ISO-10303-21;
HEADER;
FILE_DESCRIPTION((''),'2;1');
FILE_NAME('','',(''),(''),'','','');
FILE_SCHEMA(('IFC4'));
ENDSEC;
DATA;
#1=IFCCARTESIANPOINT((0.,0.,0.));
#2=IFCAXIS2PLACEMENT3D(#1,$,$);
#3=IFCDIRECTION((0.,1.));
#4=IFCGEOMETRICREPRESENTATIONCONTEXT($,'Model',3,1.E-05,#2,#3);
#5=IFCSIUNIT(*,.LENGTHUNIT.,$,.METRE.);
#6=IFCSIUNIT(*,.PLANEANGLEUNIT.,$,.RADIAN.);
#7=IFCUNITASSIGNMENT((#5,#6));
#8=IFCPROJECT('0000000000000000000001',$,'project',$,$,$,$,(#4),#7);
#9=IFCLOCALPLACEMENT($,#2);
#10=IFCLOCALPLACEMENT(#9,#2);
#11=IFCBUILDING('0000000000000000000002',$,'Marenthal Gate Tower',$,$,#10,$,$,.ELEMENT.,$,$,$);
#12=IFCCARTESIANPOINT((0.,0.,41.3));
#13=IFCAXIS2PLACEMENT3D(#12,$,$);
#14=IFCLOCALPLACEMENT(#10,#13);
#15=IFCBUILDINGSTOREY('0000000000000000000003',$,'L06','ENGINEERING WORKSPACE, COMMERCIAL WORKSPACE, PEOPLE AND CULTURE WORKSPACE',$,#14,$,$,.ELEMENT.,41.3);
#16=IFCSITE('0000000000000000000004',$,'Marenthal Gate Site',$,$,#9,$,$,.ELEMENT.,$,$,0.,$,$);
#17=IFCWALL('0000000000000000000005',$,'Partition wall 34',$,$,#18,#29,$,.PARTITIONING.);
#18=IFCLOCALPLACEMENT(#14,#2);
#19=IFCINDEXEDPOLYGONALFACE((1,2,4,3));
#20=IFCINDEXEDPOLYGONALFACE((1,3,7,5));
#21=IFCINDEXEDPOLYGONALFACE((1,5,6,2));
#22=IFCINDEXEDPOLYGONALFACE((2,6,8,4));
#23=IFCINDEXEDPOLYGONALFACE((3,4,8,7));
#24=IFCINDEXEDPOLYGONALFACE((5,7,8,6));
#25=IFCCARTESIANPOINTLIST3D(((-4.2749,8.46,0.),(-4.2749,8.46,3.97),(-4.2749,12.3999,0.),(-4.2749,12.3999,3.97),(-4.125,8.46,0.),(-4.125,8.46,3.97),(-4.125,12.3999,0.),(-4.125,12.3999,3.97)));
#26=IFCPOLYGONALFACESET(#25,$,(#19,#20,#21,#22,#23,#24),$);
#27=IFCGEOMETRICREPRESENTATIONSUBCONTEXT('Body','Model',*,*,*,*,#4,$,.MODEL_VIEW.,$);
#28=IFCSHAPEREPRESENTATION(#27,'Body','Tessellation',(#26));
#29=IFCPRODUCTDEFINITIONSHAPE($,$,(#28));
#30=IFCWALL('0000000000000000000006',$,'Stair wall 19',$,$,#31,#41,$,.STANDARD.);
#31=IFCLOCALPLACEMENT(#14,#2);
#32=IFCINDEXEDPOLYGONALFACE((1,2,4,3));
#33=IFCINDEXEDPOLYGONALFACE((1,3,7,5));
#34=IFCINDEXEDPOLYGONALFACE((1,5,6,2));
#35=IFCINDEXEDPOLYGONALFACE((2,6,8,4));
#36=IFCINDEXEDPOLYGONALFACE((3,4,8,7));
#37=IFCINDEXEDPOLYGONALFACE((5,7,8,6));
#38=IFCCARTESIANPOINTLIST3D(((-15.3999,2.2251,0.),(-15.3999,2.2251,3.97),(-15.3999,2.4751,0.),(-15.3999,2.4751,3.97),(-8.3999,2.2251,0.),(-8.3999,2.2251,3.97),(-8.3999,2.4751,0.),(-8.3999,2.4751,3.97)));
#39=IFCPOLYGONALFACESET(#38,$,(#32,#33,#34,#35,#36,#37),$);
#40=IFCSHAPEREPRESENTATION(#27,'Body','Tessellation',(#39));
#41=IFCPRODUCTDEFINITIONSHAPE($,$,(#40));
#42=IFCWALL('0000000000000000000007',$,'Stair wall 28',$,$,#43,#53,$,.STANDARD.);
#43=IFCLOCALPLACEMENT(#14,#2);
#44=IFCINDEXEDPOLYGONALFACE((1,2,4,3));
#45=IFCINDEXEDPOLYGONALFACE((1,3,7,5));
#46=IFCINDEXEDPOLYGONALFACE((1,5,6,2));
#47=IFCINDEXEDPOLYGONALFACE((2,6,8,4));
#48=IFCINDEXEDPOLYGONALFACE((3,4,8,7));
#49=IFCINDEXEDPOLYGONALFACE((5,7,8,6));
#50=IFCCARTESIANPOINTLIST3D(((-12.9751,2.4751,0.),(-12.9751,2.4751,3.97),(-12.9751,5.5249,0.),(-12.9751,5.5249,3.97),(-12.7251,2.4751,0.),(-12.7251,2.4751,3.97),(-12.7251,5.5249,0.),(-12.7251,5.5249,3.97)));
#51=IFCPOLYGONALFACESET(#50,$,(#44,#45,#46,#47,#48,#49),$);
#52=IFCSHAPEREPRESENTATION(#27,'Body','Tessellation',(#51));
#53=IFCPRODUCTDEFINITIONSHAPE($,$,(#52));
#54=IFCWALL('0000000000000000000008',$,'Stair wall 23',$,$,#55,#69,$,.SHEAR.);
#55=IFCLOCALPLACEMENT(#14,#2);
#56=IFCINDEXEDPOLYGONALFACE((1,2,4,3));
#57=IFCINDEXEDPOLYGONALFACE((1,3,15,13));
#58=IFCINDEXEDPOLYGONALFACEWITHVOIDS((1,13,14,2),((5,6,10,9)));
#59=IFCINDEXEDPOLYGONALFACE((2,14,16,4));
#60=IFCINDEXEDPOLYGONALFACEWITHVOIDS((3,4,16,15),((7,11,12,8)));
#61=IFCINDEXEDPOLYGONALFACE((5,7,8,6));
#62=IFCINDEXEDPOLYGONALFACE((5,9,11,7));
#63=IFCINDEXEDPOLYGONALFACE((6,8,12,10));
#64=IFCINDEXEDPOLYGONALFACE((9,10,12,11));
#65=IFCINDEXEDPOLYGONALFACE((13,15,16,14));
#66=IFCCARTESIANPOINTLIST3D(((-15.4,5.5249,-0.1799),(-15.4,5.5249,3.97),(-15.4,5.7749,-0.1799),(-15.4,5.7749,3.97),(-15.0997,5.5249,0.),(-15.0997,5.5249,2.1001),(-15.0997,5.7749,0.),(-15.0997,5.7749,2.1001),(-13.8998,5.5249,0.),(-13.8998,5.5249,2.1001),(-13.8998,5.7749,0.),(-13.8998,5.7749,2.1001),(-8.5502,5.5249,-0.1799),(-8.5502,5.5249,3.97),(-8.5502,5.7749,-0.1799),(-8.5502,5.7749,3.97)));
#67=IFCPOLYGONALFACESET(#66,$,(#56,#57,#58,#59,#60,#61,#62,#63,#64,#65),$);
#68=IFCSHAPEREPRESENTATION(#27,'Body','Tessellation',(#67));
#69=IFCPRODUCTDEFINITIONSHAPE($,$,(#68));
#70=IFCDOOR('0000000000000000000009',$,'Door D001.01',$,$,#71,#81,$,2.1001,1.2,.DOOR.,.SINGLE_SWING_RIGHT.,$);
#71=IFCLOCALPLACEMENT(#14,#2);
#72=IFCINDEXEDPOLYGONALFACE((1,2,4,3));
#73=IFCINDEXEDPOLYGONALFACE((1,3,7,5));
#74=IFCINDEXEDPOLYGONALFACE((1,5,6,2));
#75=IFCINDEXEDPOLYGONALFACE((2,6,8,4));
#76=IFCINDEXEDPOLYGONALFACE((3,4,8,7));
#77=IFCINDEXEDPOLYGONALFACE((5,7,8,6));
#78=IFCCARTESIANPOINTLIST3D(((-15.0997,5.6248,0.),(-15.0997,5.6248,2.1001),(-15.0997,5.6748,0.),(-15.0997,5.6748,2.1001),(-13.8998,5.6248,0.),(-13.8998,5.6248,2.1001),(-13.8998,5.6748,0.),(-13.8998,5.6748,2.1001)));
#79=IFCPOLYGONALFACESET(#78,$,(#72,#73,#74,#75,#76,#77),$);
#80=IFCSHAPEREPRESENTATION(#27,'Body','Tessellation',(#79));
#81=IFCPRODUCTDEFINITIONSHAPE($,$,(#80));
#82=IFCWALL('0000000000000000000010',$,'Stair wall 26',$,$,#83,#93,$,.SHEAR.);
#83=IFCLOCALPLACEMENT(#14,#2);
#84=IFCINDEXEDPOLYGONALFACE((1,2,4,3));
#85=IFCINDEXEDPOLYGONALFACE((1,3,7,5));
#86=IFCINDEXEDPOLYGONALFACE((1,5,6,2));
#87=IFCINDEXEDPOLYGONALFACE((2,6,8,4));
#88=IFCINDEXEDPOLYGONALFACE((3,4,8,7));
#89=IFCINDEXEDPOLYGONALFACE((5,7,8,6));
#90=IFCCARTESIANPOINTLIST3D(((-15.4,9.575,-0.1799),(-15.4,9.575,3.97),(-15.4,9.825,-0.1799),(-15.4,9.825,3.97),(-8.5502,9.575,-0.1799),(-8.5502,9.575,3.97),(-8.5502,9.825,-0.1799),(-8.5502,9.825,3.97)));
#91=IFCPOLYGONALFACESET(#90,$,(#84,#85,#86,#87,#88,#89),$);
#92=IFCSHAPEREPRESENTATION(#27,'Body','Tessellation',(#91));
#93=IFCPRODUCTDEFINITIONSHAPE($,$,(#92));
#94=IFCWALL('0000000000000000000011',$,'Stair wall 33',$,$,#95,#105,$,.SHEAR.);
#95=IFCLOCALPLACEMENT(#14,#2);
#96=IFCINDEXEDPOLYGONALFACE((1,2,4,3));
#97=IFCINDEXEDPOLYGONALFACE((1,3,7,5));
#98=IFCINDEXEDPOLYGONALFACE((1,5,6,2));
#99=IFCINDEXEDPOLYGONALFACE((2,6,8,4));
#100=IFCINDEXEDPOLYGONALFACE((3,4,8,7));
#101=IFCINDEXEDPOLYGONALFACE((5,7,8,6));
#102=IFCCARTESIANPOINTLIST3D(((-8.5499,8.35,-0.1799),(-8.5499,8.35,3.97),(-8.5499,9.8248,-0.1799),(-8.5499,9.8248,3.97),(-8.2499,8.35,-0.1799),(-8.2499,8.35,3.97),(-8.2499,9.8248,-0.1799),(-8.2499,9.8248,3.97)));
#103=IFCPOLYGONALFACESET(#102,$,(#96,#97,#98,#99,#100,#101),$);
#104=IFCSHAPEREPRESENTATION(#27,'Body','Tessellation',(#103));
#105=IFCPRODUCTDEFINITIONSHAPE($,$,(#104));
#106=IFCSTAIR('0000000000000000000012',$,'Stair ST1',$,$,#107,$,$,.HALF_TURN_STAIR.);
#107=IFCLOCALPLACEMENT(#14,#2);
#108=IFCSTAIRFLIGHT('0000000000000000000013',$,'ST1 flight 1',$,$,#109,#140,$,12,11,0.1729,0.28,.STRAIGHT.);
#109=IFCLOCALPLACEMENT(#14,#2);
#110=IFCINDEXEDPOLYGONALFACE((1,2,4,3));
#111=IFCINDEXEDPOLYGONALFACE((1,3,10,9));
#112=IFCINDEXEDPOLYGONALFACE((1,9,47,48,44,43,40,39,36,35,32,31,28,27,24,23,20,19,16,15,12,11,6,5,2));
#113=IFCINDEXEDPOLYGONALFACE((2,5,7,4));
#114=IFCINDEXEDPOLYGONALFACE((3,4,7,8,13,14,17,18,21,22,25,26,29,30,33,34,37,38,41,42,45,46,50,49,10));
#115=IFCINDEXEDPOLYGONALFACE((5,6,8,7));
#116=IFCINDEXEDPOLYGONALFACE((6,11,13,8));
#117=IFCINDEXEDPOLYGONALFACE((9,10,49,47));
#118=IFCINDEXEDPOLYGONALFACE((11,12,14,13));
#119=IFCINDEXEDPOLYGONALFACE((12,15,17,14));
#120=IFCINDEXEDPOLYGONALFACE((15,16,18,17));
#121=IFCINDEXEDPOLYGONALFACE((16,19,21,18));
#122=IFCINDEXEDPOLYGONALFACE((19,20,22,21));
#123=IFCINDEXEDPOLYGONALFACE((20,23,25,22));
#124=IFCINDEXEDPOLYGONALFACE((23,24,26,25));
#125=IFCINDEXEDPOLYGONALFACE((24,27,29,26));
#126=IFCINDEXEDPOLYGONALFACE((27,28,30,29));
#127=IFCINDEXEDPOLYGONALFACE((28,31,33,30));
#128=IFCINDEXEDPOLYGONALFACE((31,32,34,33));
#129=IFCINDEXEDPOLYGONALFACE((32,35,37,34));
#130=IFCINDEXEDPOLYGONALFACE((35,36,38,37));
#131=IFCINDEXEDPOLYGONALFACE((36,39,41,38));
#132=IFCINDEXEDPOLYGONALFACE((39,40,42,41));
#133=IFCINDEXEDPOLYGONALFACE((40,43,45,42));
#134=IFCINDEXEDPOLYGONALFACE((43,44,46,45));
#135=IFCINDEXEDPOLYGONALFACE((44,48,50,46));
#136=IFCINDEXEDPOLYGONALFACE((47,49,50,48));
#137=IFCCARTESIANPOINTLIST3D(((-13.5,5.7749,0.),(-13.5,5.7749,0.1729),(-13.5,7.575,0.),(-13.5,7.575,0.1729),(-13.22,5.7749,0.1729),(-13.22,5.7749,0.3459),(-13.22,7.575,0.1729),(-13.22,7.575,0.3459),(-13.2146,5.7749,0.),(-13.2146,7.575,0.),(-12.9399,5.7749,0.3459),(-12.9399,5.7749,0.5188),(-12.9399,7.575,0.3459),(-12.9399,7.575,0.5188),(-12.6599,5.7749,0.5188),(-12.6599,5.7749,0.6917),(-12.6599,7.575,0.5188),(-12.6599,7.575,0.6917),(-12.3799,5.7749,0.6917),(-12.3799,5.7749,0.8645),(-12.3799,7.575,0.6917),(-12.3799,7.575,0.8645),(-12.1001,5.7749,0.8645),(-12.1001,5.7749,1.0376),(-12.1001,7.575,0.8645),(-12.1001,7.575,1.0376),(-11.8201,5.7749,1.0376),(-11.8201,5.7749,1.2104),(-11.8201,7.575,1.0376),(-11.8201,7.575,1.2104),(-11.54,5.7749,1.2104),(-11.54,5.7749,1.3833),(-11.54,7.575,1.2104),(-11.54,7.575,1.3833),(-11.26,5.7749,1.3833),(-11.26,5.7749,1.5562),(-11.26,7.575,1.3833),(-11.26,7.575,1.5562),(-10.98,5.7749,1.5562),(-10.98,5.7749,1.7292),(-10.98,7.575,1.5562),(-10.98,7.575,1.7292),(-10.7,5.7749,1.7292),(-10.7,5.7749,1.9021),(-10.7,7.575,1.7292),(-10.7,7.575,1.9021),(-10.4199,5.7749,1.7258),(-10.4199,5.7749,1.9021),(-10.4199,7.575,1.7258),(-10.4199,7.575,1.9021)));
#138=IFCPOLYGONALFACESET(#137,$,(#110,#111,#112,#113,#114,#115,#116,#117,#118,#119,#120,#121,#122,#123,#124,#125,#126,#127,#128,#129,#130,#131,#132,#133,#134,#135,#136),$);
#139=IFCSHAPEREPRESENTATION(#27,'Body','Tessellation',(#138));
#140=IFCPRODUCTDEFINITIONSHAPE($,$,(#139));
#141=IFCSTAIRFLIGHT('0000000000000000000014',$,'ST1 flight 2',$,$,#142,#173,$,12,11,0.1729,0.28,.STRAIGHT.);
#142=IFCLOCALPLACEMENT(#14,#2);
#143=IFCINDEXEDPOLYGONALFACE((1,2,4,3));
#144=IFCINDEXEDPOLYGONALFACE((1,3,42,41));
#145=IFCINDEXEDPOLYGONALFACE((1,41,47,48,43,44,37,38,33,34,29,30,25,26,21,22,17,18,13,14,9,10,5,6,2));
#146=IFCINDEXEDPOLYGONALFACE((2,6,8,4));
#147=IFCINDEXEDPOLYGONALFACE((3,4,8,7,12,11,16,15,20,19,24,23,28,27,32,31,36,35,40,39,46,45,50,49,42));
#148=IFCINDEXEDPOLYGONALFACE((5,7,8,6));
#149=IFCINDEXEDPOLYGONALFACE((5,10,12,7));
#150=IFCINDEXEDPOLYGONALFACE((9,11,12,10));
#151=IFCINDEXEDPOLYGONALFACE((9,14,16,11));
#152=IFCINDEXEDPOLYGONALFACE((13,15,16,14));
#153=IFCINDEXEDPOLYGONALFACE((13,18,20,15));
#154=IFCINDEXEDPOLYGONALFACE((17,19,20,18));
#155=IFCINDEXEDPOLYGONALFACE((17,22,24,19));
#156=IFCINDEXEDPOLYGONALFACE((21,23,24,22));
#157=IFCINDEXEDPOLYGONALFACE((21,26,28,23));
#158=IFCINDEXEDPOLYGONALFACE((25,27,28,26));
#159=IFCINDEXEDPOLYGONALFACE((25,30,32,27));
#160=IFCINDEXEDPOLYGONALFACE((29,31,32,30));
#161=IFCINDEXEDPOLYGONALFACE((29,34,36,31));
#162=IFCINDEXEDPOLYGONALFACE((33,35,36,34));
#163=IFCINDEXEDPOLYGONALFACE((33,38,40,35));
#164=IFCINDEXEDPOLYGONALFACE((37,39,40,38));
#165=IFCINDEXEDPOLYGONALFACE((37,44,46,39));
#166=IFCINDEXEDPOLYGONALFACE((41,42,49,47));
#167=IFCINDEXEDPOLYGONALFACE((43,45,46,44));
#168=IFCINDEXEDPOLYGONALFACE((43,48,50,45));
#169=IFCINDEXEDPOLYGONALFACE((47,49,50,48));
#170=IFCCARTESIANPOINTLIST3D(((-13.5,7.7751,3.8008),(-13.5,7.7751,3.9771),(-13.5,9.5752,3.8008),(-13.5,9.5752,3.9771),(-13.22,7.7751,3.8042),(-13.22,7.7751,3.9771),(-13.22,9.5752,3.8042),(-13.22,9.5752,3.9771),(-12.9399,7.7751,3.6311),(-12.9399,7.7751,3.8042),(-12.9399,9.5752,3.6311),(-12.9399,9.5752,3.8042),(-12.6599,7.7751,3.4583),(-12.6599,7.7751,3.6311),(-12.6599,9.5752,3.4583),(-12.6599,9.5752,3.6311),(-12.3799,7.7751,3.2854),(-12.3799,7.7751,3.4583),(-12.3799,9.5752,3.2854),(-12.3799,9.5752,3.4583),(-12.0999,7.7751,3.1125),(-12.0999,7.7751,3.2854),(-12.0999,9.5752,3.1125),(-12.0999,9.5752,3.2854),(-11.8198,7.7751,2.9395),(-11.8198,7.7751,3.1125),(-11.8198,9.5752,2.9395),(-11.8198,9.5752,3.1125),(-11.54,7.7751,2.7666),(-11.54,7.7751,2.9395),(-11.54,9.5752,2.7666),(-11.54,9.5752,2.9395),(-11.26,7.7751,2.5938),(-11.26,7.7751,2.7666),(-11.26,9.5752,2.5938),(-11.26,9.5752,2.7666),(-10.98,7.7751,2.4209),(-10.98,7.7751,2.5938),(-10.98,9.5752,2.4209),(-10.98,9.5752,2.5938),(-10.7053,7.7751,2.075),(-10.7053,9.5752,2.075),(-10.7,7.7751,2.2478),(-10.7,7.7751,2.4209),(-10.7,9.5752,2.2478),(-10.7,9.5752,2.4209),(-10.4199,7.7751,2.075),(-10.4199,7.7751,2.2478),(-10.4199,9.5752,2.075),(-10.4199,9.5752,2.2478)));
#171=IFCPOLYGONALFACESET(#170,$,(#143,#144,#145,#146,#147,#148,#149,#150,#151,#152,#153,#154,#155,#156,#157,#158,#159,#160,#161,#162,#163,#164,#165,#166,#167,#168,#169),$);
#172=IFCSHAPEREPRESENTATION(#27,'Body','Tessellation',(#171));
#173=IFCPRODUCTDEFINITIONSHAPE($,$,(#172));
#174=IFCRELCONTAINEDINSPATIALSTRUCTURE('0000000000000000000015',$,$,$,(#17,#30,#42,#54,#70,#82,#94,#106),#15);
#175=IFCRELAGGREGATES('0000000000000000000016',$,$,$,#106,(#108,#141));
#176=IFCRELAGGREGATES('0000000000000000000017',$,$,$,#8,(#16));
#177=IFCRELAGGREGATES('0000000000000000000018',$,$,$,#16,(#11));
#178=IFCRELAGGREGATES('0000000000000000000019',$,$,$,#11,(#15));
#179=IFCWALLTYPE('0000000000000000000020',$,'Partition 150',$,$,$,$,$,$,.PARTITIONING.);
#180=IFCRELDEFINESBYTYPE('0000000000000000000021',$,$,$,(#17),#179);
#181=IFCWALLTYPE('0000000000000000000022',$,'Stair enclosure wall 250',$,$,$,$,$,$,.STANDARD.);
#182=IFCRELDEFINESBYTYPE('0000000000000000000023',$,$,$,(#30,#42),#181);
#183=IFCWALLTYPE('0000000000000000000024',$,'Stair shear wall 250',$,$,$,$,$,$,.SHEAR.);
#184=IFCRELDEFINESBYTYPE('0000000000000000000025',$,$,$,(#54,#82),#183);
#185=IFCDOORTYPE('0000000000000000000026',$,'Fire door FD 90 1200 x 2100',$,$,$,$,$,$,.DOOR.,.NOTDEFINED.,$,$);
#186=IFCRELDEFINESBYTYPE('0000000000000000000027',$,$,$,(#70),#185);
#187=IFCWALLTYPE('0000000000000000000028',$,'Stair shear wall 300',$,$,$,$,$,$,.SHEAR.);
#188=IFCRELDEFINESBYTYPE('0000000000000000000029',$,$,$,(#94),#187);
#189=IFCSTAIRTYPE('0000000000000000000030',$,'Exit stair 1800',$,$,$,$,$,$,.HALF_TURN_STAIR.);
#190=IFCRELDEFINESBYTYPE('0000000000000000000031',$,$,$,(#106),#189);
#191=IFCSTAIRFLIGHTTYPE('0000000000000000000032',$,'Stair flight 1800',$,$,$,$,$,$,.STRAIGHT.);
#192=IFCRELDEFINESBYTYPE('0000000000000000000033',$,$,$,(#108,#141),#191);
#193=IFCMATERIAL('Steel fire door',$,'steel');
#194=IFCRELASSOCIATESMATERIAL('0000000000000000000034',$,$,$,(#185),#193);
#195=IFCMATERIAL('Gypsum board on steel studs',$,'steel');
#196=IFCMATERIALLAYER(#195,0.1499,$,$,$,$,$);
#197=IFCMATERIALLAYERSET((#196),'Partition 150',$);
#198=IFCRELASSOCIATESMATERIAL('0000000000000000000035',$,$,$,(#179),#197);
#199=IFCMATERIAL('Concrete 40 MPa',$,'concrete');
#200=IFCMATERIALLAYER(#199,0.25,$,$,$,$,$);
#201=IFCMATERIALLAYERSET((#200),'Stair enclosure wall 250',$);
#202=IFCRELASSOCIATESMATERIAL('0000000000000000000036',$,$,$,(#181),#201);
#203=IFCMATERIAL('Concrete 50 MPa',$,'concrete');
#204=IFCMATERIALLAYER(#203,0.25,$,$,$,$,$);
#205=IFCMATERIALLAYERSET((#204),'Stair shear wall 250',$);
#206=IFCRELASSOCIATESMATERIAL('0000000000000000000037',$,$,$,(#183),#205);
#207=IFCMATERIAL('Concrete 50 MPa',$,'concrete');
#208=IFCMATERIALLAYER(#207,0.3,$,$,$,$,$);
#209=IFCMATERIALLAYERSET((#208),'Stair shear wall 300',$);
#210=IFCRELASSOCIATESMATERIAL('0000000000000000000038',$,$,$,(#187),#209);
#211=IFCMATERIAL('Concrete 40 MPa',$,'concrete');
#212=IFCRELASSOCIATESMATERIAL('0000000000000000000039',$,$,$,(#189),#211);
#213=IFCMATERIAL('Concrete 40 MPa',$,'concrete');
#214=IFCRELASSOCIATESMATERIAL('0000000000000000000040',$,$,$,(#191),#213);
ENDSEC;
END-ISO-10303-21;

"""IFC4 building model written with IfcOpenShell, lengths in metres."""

from ifc_helpers import new_model, si_unit, direction, frame, frame_2d, origin, place, context, subcontext, project, spatial, polyline, rectangle, outline, extrude, material, layer, layer_set, type_object, element, fill, aggregate, save


model = new_model("IFC4")

# Units and contexts
model_context = context("Model", 3, precision=1e-05, world=origin(), true_north=direction((0.0, 1.0)))
body_context = subcontext(model_context, "Body", "Model", "MODEL_VIEW")
ifc_project = project(units=[si_unit("LENGTHUNIT", "METRE"), si_unit("PLANEANGLEUNIT", "RADIAN")], contexts=[model_context])

# Site, building, storey
site_placement = place(None, origin())
site = spatial("IfcSite", under=ifc_project, at=site_placement, Name="Marenthal Gate Site", CompositionType="ELEMENT", RefElevation=0.0)
building_placement = place(site_placement, origin())
building = spatial("IfcBuilding", under=site, at=building_placement, Name="Marenthal Gate Tower", CompositionType="ELEMENT")
storey_placement = place(building_placement, frame((0.0, 0.0, 41.3)))
storey = spatial("IfcBuildingStorey", under=building, at=storey_placement, Name="L06", Description="ENGINEERING WORKSPACE, COMMERCIAL WORKSPACE, PEOPLE AND CULTURE WORKSPACE", CompositionType="ELEMENT", Elevation=41.3)

# Shared definitions
ifc_material_1 = material(Name="Steel fire door", Category="steel")
door_type_1 = type_object("IfcDoorType", Name="Fire door FD 90 1200 x 2100", OperationType="NOTDEFINED", PredefinedType="DOOR", material=ifc_material_1)

# Walls
ifc_material_2 = material(Name="Gypsum board on steel studs", Category="steel")
ifc_layer_1 = layer(ifc_material_2, 0.1499)
ifc_layer_set_1 = layer_set([ifc_layer_1], Name="Partition 150")
wall_type_1 = type_object("IfcWallType", Name="Partition 150", PredefinedType="PARTITIONING", material=ifc_layer_set_1)
wall_1_placement = place(storey_placement, frame((-4.2, 8.46, 0.0), z_axis=(0.0, 0.0, 1.0), x_axis=(0.0, 1.0, 0.0)))
element("IfcWall", 1, at=wall_1_placement, inside=storey, type_object=wall_type_1, Name="Partition wall 34", PredefinedType="PARTITIONING", context=body_context, shape_type="SweptSolid", body=[
    extrude(rectangle(XDim=3.9399, YDim=0.1499, at=frame_2d((1.97, 0.0))), origin(), (0.0, 0.0, 1.0), 3.97),
])
ifc_material_3 = material(Name="Concrete 40 MPa", Category="concrete")
ifc_layer_2 = layer(ifc_material_3, 0.25)
ifc_layer_set_2 = layer_set([ifc_layer_2], Name="Stair enclosure wall 250")
wall_type_2 = type_object("IfcWallType", Name="Stair enclosure wall 250", PredefinedType="STANDARD", material=ifc_layer_set_2)
wall_2_placement = place(storey_placement, frame((-15.3999, 2.3501, 0.0), z_axis=(0.0, 0.0, 1.0), x_axis=(1.0, 0.0, 0.0)))
element("IfcWall", 2, at=wall_2_placement, inside=storey, type_object=wall_type_2, Name="Stair wall 19", PredefinedType="STANDARD", context=body_context, shape_type="SweptSolid", body=[
    extrude(rectangle(XDim=7.0, YDim=0.25, at=frame_2d((3.5, 0.0))), origin(), (0.0, 0.0, 1.0), 3.97),
])
wall_3_placement = place(storey_placement, frame((-12.8501, 2.4751, 0.0), z_axis=(0.0, 0.0, 1.0), x_axis=(0.0, 1.0, 0.0)))
element("IfcWall", 3, at=wall_3_placement, inside=storey, type_object=wall_type_2, Name="Stair wall 28", PredefinedType="STANDARD", context=body_context, shape_type="SweptSolid", body=[
    extrude(rectangle(XDim=3.0498, YDim=0.25, at=frame_2d((1.5249, 0.0))), origin(), (0.0, 0.0, 1.0), 3.97),
])

# Wall, opening, door
ifc_material_4 = material(Name="Concrete 50 MPa", Category="concrete")
ifc_layer_3 = layer(ifc_material_4, 0.25)
ifc_layer_set_3 = layer_set([ifc_layer_3], Name="Stair shear wall 250")
wall_type_3 = type_object("IfcWallType", Name="Stair shear wall 250", PredefinedType="SHEAR", material=ifc_layer_set_3)
wall_4_placement = place(storey_placement, frame((-15.3999, 5.6499, -0.1799), z_axis=(0.0, 0.0, 1.0), x_axis=(1.0, 0.0, 0.0)))
wall_4 = element("IfcWall", 4, at=wall_4_placement, inside=storey, type_object=wall_type_3, Name="Stair wall 23", PredefinedType="SHEAR", context=body_context, shape_type="SweptSolid", body=[
    extrude(rectangle(XDim=6.8499, YDim=0.25, at=frame_2d((3.4248, 0.0))), origin(), (0.0, 0.0, 1.0), 4.1499),
])
opening_1_placement = place(wall_4_placement, frame((0.3, 0.0, 0.1799)))
opening_1 = element("IfcOpeningElement", 5, at=opening_1_placement, cuts=wall_4, PredefinedType="OPENING", context=body_context, shape_type="SweptSolid", body=[
    extrude(rectangle(XDim=1.2, YDim=2.1001, at=frame_2d((0.6001, 1.05))), frame((0.0, 0.135, 0.0), z_axis=(0.0, -1.0, 0.0), x_axis=(1.0, 0.0, 0.0)), (0.0, 0.0, 1.0), 0.27),
])
door_1_placement = place(opening_1_placement, origin())
door_1 = element("IfcDoor", 6, at=door_1_placement, inside=storey, type_object=door_type_1, Name="Door D001.01", OperationType="SINGLE_SWING_RIGHT", OverallHeight=2.1001, OverallWidth=1.2, PredefinedType="DOOR", context=body_context, shape_type="SweptSolid", body=[
    extrude(rectangle(XDim=1.2, YDim=2.1001, at=frame_2d((0.6001, 1.05))), frame((0.0, 0.0249, 0.0), z_axis=(0.0, -1.0, 0.0), x_axis=(1.0, 0.0, 0.0)), (0.0, 0.0, 1.0), 0.05),
])
fill(opening_1, door_1)

# Walls
wall_5_placement = place(storey_placement, frame((-15.3999, 9.7, -0.1799), z_axis=(0.0, 0.0, 1.0), x_axis=(1.0, 0.0, 0.0)))
element("IfcWall", 7, at=wall_5_placement, inside=storey, type_object=wall_type_3, Name="Stair wall 26", PredefinedType="SHEAR", context=body_context, shape_type="SweptSolid", body=[
    extrude(rectangle(XDim=6.8499, YDim=0.25, at=frame_2d((3.4248, 0.0))), origin(), (0.0, 0.0, 1.0), 4.1499),
])
ifc_material_5 = material(Name="Concrete 50 MPa", Category="concrete")
ifc_layer_4 = layer(ifc_material_5, 0.3)
ifc_layer_set_4 = layer_set([ifc_layer_4], Name="Stair shear wall 300")
wall_type_4 = type_object("IfcWallType", Name="Stair shear wall 300", PredefinedType="SHEAR", material=ifc_layer_set_4)
wall_6_placement = place(storey_placement, frame((-8.3999, 8.3501, -0.1799), z_axis=(0.0, 0.0, 1.0), x_axis=(0.0, 1.0, 0.0)))
element("IfcWall", 8, at=wall_6_placement, inside=storey, type_object=wall_type_4, Name="Stair wall 33", PredefinedType="SHEAR", context=body_context, shape_type="SweptSolid", body=[
    extrude(rectangle(XDim=1.4749, YDim=0.3, at=frame_2d((0.7373, 0.0))), origin(), (0.0, 0.0, 1.0), 4.1499),
])

# Stair, stair flights
ifc_material_6 = material(Name="Concrete 40 MPa", Category="concrete")
stair_type = type_object("IfcStairType", Name="Exit stair 1800", PredefinedType="HALF_TURN_STAIR", material=ifc_material_6)
stair_placement = place(storey_placement, origin())
stair = element("IfcStair", 9, at=stair_placement, inside=storey, type_object=stair_type, Name="Stair ST1", PredefinedType="HALF_TURN_STAIR")
ifc_material_7 = material(Name="Concrete 40 MPa", Category="concrete")
stair_flight_type = type_object("IfcStairFlightType", Name="Stair flight 1800", PredefinedType="STRAIGHT", material=ifc_material_7)
stair_flight_1_placement = place(storey_placement, frame((-13.5, 6.675, 0.0), z_axis=(0.0, 0.0, 1.0), x_axis=(1.0, 0.0, 0.0)))
stair_flight_1 = element("IfcStairFlight", 10, at=stair_flight_1_placement, type_object=stair_flight_type, Name="ST1 flight 1", NumberOfRisers=12, NumberOfTreads=11, PredefinedType="STRAIGHT", RiserHeight=0.1729, TreadLength=0.28, context=body_context, shape_type="SweptSolid", body=[
    extrude(outline(polyline([(0.0, 0.0), (0.0, 0.1729), (0.28, 0.1729), (0.28, 0.3459), (0.5601, 0.3459), (0.5601, 0.5188), (0.8401, 0.5188), (0.8401, 0.6917), (1.1201, 0.6917), (1.1201, 0.8645), (1.3999, 0.8645), (1.3999, 1.0376), (1.6799, 1.0376), (1.6799, 1.2104), (1.96, 1.2104), (1.96, 1.3833), (2.24, 1.3833), (2.24, 1.5562), (2.52, 1.5562), (2.52, 1.7292), (2.8, 1.7292), (2.8, 1.9021), (3.0801, 1.9021), (3.0801, 2.075), (3.0801, 1.7258), (0.2854, 0.0), (0.0, 0.0)])), frame((0.0, 0.8999, 0.0), z_axis=(0.0, -1.0, 0.0), x_axis=(1.0, 0.0, 0.0)), (0.0, 0.0, 1.0), 1.8),
])
stair_flight_2_placement = place(storey_placement, frame((-10.4199, 8.675, 2.075), z_axis=(0.0, 0.0, 1.0), x_axis=(-1.0, 0.0, 0.0)))
stair_flight_2 = element("IfcStairFlight", 11, at=stair_flight_2_placement, type_object=stair_flight_type, Name="ST1 flight 2", NumberOfRisers=12, NumberOfTreads=11, PredefinedType="STRAIGHT", RiserHeight=0.1729, TreadLength=0.28, context=body_context, shape_type="SweptSolid", body=[
    extrude(outline(polyline([(0.0, 0.0), (0.0, 0.1729), (0.28, 0.1729), (0.28, 0.3459), (0.5601, 0.3459), (0.5601, 0.5188), (0.8401, 0.5188), (0.8401, 0.6917), (1.1201, 0.6917), (1.1201, 0.8645), (1.3999, 0.8645), (1.3999, 1.0376), (1.6799, 1.0376), (1.6799, 1.2104), (1.96, 1.2104), (1.96, 1.3833), (2.24, 1.3833), (2.24, 1.5562), (2.52, 1.5562), (2.52, 1.7292), (2.8, 1.7292), (2.8, 1.9021), (3.0801, 1.9021), (3.0801, 2.075), (3.0801, 1.7258), (0.2854, 0.0), (0.0, 0.0)])), frame((0.0, 0.8999, 0.0), z_axis=(0.0, -1.0, 0.0), x_axis=(1.0, 0.0, 0.0)), (0.0, 0.0, 1.0), 1.8),
])
aggregate(stair, [stair_flight_1, stair_flight_2])

save(model, "model.ifc")
